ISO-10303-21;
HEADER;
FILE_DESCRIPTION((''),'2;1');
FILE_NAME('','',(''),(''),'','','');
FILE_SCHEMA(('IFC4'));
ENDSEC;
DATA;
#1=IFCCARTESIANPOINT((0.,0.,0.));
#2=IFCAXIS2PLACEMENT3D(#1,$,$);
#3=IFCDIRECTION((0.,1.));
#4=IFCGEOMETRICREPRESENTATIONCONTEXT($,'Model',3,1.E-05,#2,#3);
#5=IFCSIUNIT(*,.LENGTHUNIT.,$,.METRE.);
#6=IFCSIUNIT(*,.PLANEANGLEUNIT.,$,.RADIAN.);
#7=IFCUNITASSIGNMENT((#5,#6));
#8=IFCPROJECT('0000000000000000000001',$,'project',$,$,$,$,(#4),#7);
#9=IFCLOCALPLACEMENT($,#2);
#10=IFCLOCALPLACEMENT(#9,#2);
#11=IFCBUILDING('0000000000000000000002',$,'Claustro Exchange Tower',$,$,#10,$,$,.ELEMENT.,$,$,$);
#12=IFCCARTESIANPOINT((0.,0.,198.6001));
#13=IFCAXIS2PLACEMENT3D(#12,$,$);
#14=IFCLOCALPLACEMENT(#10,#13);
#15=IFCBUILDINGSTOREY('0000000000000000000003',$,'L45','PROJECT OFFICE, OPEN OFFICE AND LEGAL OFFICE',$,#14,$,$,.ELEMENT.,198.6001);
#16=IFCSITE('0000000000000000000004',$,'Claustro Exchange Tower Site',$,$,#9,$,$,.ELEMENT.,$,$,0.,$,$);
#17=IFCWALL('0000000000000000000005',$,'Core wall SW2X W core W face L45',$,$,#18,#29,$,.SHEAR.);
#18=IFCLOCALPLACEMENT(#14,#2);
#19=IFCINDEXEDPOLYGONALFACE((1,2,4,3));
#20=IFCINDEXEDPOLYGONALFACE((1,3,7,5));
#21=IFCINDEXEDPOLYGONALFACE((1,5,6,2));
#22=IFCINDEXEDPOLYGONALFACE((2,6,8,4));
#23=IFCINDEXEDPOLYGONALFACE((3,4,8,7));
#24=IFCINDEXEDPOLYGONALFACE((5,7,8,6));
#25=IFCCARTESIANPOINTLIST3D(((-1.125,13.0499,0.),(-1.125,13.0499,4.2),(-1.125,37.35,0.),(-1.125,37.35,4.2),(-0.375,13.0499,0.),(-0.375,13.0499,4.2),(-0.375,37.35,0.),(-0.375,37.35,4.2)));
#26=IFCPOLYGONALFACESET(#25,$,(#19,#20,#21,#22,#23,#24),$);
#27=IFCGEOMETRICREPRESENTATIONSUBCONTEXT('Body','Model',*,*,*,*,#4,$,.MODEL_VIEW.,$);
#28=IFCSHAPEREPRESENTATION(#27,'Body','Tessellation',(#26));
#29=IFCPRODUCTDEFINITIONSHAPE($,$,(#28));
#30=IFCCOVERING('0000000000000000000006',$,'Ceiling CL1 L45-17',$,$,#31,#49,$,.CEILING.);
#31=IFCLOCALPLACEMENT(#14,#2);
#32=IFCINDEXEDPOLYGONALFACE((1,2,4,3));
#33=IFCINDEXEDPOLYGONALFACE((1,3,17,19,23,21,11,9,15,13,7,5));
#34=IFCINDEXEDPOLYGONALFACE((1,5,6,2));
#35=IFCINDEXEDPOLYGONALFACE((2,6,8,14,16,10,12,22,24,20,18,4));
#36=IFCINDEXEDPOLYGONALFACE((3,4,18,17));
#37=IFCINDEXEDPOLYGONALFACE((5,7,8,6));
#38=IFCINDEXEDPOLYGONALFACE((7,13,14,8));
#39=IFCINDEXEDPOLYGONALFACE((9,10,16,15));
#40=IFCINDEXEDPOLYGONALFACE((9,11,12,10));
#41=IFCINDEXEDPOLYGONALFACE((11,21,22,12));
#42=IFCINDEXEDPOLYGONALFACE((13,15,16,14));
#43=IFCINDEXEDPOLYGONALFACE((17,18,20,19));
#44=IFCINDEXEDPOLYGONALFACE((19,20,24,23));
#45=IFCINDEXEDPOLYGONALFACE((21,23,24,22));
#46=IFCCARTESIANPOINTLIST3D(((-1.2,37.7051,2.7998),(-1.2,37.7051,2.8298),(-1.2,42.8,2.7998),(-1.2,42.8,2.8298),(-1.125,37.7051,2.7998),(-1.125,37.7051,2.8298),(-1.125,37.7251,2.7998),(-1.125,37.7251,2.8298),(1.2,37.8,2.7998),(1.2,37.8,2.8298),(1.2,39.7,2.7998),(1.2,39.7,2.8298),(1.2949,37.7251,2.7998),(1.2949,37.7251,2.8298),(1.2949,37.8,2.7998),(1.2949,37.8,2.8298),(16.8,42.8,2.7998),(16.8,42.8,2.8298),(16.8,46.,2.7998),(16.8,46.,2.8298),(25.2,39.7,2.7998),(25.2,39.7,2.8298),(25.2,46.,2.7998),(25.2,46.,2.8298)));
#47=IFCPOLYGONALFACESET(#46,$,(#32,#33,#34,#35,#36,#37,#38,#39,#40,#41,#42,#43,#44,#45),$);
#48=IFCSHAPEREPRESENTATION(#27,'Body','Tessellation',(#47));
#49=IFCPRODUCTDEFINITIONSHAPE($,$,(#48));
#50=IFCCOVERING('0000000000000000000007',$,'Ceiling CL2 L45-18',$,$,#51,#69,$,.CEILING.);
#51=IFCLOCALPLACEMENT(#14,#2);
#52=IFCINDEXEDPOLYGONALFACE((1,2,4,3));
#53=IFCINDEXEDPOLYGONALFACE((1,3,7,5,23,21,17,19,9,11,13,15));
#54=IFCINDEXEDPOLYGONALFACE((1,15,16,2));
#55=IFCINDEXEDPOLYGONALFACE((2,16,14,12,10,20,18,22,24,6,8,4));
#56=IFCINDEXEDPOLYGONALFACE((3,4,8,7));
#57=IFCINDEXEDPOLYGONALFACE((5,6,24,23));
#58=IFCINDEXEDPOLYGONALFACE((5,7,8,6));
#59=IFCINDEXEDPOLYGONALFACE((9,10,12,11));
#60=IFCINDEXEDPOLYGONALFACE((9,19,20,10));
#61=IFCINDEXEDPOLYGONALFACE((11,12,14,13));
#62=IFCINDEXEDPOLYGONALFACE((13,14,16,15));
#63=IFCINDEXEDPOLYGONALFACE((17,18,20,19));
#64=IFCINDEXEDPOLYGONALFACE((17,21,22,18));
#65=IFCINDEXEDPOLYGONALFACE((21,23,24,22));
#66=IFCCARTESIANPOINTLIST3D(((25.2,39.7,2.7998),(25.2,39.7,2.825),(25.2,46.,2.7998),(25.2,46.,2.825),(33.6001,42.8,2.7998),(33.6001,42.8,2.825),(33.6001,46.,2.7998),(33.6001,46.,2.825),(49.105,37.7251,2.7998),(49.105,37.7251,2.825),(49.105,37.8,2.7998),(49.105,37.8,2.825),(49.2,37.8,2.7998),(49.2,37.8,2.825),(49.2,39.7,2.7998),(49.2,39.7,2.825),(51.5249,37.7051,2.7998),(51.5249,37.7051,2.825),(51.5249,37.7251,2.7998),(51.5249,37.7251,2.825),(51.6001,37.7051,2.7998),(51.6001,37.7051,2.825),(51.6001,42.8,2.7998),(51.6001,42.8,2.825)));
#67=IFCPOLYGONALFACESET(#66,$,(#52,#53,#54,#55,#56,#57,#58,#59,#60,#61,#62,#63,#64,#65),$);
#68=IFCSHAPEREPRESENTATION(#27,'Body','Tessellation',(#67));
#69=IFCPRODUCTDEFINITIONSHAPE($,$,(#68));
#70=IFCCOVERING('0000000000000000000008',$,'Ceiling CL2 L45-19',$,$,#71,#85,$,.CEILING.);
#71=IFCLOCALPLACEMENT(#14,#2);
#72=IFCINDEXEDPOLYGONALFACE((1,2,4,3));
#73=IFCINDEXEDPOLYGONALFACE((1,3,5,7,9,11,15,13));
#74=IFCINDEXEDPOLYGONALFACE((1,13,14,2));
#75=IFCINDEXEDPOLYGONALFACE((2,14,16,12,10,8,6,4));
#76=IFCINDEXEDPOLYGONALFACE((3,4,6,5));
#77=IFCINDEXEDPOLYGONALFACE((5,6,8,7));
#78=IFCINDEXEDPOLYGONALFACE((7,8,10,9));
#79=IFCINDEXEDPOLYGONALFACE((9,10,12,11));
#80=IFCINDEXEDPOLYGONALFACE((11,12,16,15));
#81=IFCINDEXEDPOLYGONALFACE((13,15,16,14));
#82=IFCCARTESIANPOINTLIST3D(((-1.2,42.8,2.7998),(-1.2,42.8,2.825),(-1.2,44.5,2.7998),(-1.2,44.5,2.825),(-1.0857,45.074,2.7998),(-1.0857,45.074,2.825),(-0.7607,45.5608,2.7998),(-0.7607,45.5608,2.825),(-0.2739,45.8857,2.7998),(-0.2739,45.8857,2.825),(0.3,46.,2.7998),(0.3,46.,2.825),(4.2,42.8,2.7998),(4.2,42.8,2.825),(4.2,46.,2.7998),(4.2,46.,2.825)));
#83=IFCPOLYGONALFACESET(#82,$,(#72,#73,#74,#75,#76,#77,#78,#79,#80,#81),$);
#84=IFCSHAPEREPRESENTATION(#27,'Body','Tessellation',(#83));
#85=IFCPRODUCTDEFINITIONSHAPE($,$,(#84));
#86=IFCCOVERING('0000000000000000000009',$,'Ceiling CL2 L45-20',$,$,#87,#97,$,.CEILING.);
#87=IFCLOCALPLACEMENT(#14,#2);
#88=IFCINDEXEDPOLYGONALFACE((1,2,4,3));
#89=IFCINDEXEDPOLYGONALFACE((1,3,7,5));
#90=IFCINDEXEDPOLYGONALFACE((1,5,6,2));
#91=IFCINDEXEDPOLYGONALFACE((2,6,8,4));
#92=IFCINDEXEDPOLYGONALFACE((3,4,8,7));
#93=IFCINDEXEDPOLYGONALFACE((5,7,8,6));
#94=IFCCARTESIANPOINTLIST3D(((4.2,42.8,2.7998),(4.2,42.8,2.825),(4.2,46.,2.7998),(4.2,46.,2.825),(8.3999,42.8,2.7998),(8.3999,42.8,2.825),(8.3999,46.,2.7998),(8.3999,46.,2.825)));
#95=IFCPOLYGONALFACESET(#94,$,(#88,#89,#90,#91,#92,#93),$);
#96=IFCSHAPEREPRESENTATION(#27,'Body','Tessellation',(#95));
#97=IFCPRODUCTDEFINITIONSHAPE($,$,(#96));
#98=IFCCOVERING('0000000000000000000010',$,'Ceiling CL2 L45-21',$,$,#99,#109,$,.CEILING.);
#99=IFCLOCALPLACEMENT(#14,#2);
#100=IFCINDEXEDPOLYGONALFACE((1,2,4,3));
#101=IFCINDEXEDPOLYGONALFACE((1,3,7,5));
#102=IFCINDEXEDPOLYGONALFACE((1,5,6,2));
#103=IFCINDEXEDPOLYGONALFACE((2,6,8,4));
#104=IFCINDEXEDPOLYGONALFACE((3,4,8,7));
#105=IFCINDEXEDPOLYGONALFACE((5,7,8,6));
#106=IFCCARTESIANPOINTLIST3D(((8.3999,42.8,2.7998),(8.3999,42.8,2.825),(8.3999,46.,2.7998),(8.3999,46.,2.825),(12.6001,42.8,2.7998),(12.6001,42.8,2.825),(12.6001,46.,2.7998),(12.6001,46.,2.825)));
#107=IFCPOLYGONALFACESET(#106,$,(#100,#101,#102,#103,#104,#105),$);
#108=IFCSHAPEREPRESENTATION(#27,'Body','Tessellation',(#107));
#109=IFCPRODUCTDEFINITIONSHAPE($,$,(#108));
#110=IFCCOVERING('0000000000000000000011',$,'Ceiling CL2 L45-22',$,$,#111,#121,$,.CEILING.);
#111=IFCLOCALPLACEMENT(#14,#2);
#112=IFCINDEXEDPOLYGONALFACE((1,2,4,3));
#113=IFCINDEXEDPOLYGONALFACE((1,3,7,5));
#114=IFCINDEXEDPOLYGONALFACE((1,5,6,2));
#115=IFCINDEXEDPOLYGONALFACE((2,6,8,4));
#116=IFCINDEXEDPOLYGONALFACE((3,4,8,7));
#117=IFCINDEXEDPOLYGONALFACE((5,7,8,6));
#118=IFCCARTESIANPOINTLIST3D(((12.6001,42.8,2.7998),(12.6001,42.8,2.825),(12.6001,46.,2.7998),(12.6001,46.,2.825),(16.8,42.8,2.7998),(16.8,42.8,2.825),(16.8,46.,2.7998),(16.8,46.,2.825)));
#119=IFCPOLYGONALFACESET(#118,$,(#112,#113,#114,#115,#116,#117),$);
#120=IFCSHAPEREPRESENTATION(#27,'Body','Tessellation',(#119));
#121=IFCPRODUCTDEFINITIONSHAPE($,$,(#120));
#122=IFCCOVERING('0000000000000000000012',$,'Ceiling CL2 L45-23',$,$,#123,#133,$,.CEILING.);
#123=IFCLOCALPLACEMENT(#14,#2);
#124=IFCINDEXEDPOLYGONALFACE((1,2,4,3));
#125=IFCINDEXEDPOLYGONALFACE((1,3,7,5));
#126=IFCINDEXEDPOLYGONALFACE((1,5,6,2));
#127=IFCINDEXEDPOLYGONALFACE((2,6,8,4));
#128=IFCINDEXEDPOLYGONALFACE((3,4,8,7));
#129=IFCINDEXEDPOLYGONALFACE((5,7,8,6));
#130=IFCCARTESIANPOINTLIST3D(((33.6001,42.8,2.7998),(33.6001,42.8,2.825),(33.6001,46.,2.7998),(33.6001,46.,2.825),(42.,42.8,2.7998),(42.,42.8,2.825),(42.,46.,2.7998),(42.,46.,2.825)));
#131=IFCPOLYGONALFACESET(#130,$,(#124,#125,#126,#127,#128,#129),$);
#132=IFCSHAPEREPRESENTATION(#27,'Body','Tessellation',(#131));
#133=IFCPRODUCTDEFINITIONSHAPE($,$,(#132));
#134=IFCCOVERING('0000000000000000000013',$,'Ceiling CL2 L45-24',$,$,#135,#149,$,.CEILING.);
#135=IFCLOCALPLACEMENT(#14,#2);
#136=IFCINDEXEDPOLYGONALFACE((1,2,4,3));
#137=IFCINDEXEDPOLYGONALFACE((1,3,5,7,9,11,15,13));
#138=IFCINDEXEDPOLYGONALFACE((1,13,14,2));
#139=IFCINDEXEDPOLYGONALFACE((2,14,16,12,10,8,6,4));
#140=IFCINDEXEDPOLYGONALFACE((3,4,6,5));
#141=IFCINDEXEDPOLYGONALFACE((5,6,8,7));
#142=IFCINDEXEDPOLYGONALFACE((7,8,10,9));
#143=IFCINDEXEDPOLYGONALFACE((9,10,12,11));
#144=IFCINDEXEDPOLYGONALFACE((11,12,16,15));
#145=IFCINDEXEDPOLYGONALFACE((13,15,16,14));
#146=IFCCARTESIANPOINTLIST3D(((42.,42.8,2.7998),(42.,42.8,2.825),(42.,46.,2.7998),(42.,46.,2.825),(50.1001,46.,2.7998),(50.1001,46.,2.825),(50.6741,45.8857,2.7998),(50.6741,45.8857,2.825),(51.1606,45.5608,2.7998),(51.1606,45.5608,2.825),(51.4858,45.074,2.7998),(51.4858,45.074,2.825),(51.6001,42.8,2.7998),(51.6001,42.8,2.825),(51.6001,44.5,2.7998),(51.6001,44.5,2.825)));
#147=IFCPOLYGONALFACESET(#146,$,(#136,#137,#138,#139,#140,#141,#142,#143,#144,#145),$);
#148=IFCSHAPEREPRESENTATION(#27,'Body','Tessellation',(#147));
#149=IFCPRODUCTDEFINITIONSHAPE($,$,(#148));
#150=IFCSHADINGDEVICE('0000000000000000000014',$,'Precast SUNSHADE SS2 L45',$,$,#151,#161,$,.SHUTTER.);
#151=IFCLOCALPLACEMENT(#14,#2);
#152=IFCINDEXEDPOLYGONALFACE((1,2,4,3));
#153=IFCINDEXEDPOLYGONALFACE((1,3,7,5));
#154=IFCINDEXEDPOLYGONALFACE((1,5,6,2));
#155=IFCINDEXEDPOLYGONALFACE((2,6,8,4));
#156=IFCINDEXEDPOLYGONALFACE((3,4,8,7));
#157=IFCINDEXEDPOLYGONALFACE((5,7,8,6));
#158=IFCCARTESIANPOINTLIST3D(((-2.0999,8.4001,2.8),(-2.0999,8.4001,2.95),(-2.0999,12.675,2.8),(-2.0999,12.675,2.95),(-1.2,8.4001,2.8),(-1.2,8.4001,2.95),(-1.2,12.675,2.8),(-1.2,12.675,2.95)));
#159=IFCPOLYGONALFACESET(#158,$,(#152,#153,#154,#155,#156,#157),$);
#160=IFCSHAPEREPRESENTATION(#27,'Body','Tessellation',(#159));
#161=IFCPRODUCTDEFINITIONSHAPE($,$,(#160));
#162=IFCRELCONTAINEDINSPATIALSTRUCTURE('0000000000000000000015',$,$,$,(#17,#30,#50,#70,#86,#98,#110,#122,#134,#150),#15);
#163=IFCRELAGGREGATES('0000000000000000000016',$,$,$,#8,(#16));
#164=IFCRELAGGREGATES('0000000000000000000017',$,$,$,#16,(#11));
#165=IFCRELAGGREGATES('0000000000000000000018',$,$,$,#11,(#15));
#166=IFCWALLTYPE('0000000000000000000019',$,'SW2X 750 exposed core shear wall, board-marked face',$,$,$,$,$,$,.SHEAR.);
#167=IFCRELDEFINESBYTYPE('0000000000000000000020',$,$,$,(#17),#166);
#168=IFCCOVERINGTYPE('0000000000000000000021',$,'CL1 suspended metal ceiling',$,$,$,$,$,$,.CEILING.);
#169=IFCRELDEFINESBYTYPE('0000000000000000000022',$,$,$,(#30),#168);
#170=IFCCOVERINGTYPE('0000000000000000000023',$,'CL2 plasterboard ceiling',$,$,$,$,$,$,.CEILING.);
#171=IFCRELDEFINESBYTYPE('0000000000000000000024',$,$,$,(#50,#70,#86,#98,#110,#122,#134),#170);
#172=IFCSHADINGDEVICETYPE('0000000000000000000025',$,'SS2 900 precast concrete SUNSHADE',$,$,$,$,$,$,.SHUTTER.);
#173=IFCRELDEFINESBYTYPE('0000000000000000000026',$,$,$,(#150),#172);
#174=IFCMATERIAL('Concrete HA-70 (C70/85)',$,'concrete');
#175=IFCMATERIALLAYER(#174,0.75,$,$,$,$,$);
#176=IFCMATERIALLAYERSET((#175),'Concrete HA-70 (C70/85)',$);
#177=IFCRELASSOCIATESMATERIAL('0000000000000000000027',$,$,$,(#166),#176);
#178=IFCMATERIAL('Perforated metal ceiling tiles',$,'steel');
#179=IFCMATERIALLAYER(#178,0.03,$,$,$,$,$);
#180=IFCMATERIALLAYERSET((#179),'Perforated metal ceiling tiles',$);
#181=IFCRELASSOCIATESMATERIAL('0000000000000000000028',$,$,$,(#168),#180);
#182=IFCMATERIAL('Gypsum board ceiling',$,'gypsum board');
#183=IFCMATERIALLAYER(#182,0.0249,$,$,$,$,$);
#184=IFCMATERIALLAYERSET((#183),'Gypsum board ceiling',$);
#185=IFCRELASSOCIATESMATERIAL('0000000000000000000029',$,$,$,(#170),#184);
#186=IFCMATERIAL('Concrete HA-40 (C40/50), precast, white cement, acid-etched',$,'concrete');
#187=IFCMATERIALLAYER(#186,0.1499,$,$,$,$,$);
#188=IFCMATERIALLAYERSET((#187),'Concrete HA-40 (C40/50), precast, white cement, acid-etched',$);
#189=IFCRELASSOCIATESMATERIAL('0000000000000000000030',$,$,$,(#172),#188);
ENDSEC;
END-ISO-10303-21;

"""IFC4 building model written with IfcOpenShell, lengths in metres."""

from ifc_helpers import new_model, si_unit, direction, frame, frame_2d, origin, origin_2d, place, context, subcontext, project, spatial, polyline, rectangle, outline, extrude, material, layer, layer_set, type_object, element, save


model = new_model("IFC4")

# Units and contexts
model_context = context("Model", 3, precision=1e-05, world=origin(), true_north=direction((0.0, 1.0)))
body_context = subcontext(model_context, "Body", "Model", "MODEL_VIEW")
ifc_project = project(units=[si_unit("LENGTHUNIT", "METRE"), si_unit("PLANEANGLEUNIT", "RADIAN")], contexts=[model_context])

# Site, building, storey
site_placement = place(None, origin())
site = spatial("IfcSite", under=ifc_project, at=site_placement, Name="Claustro Exchange Tower Site", CompositionType="ELEMENT", RefElevation=0.0)
building_placement = place(site_placement, origin())
building = spatial("IfcBuilding", under=site, at=building_placement, Name="Claustro Exchange Tower", CompositionType="ELEMENT")
storey_placement = place(building_placement, frame((0.0, 0.0, 198.6001)))
storey = spatial("IfcBuildingStorey", under=building, at=storey_placement, Name="L45", Description="PROJECT OFFICE, OPEN OFFICE AND LEGAL OFFICE", CompositionType="ELEMENT", Elevation=198.6001)

# Wall
ifc_material_1 = material(Name="Concrete HA-70 (C70/85)", Category="concrete")
ifc_layer_1 = layer(ifc_material_1, 0.75)
ifc_layer_set_1 = layer_set([ifc_layer_1], Name="Concrete HA-70 (C70/85)")
wall_type_1 = type_object("IfcWallType", Name="SW2X 750 exposed core shear wall, board-marked face", PredefinedType="SHEAR", material=ifc_layer_set_1)
wall_1_placement = place(storey_placement, frame((-0.75, 13.05, 0.0), z_axis=(0.0, 0.0, 1.0), x_axis=(0.0, 1.0, 0.0)))
element("IfcWall", 1, at=wall_1_placement, inside=storey, type_object=wall_type_1, Name="Core wall SW2X W core W face L45", PredefinedType="SHEAR", context=body_context, shape_type="SweptSolid", body=[
    extrude(rectangle(XDim=24.3, YDim=0.75, at=frame_2d((12.1499, 0.0))), origin(), (0.0, 0.0, 1.0), 4.2),
])

# Coverings
ifc_material_2 = material(Name="Perforated metal ceiling tiles", Category="steel")
ifc_layer_2 = layer(ifc_material_2, 0.03)
ifc_layer_set_2 = layer_set([ifc_layer_2], Name="Perforated metal ceiling tiles")
covering_type_1 = type_object("IfcCoveringType", Name="CL1 suspended metal ceiling", PredefinedType="CEILING", material=ifc_layer_set_2)
covering_1_placement = place(storey_placement, frame((0.0, 0.0, 2.7998)))
element("IfcCovering", 2, at=covering_1_placement, inside=storey, type_object=covering_type_1, Name="Ceiling CL1 L45-17", PredefinedType="CEILING", context=body_context, shape_type="SweptSolid", body=[
    extrude(outline(polyline([(-1.125, 37.7251), (1.2949, 37.7251), (1.2949, 37.8), (1.2, 37.8), (1.2, 39.7), (25.2, 39.7), (25.2, 46.0), (16.8, 46.0), (16.8, 42.8), (-1.2, 42.8), (-1.2, 37.7051), (-1.125, 37.7051), (-1.125, 37.7251)])), origin(), (0.0, 0.0, 1.0), 0.03),
])
ifc_material_3 = material(Name="Gypsum board ceiling", Category="gypsum board")
ifc_layer_3 = layer(ifc_material_3, 0.0249)
ifc_layer_set_3 = layer_set([ifc_layer_3], Name="Gypsum board ceiling")
covering_type_2 = type_object("IfcCoveringType", Name="CL2 plasterboard ceiling", PredefinedType="CEILING", material=ifc_layer_set_3)
covering_2_placement = place(storey_placement, frame((0.0, 0.0, 2.7998)))
element("IfcCovering", 3, at=covering_2_placement, inside=storey, type_object=covering_type_2, Name="Ceiling CL2 L45-18", PredefinedType="CEILING", context=body_context, shape_type="SweptSolid", body=[
    extrude(outline(polyline([(51.5249, 37.7251), (51.5249, 37.7051), (51.6001, 37.7051), (51.6001, 42.8), (33.6001, 42.8), (33.6001, 46.0), (25.2, 46.0), (25.2, 39.7), (49.2, 39.7), (49.2, 37.8), (49.105, 37.8), (49.105, 37.7251), (51.5249, 37.7251)])), origin(), (0.0, 0.0, 1.0), 0.0251),
])
covering_3_placement = place(storey_placement, frame((0.0, 0.0, 2.7998)))
element("IfcCovering", 4, at=covering_3_placement, inside=storey, type_object=covering_type_2, Name="Ceiling CL2 L45-19", PredefinedType="CEILING", context=body_context, shape_type="SweptSolid", body=[
    extrude(outline(polyline([(-1.2, 44.5), (-1.2, 42.8), (4.2, 42.8), (4.2, 46.0), (0.3, 46.0), (-0.2739, 45.8857), (-0.7607, 45.5608), (-1.0857, 45.074), (-1.2, 44.5)])), origin(), (0.0, 0.0, 1.0), 0.0251),
])
covering_4_placement = place(storey_placement, frame((0.0, 0.0, 2.7998)))
element("IfcCovering", 5, at=covering_4_placement, inside=storey, type_object=covering_type_2, Name="Ceiling CL2 L45-20", PredefinedType="CEILING", context=body_context, shape_type="SweptSolid", body=[
    extrude(outline(polyline([(8.3999, 46.0), (4.2, 46.0), (4.2, 42.8), (8.3999, 42.8), (8.3999, 46.0)])), origin(), (0.0, 0.0, 1.0), 0.0251),
])
covering_5_placement = place(storey_placement, frame((0.0, 0.0, 2.7998)))
element("IfcCovering", 6, at=covering_5_placement, inside=storey, type_object=covering_type_2, Name="Ceiling CL2 L45-21", PredefinedType="CEILING", context=body_context, shape_type="SweptSolid", body=[
    extrude(outline(polyline([(12.6001, 46.0), (8.3999, 46.0), (8.3999, 42.8), (12.6001, 42.8), (12.6001, 46.0)])), origin(), (0.0, 0.0, 1.0), 0.0251),
])
covering_6_placement = place(storey_placement, frame((0.0, 0.0, 2.7998)))
element("IfcCovering", 7, at=covering_6_placement, inside=storey, type_object=covering_type_2, Name="Ceiling CL2 L45-22", PredefinedType="CEILING", context=body_context, shape_type="SweptSolid", body=[
    extrude(outline(polyline([(16.8, 46.0), (12.6001, 46.0), (12.6001, 42.8), (16.8, 42.8), (16.8, 46.0)])), origin(), (0.0, 0.0, 1.0), 0.0251),
])
covering_7_placement = place(storey_placement, frame((0.0, 0.0, 2.7998)))
element("IfcCovering", 8, at=covering_7_placement, inside=storey, type_object=covering_type_2, Name="Ceiling CL2 L45-23", PredefinedType="CEILING", context=body_context, shape_type="SweptSolid", body=[
    extrude(outline(polyline([(42.0, 46.0), (33.6001, 46.0), (33.6001, 42.8), (42.0, 42.8), (42.0, 46.0)])), origin(), (0.0, 0.0, 1.0), 0.0251),
])
covering_8_placement = place(storey_placement, frame((0.0, 0.0, 2.7998)))
element("IfcCovering", 9, at=covering_8_placement, inside=storey, type_object=covering_type_2, Name="Ceiling CL2 L45-24", PredefinedType="CEILING", context=body_context, shape_type="SweptSolid", body=[
    extrude(outline(polyline([(50.1001, 46.0), (42.0, 46.0), (42.0, 42.8), (51.6001, 42.8), (51.6001, 44.5), (51.4858, 45.074), (51.1606, 45.5608), (50.6741, 45.8857), (50.1001, 46.0)])), origin(), (0.0, 0.0, 1.0), 0.0251),
])

# Shading device
ifc_material_4 = material(Name="Concrete HA-40 (C40/50), precast, white cement, acid-etched", Category="concrete")
ifc_layer_4 = layer(ifc_material_4, 0.1499)
ifc_layer_set_4 = layer_set([ifc_layer_4], Name="Concrete HA-40 (C40/50), precast, white cement, acid-etched")
shading_device_type = type_object("IfcShadingDeviceType", Name="SS2 900 precast concrete SUNSHADE", PredefinedType="SHUTTER", material=ifc_layer_set_4)
shading_device_placement = place(storey_placement, frame((-1.6499, 10.5376, 2.8), z_axis=(0.0, 0.0, 1.0), x_axis=(0.0, 1.0, 0.0)))
element("IfcShadingDevice", 10, at=shading_device_placement, inside=storey, type_object=shading_device_type, Name="Precast SUNSHADE SS2 L45", PredefinedType="SHUTTER", context=body_context, shape_type="SweptSolid", body=[
    extrude(rectangle(XDim=4.2749, YDim=0.8999, at=origin_2d()), origin(), (0.0, 0.0, 1.0), 0.1499),
])

save(model, "model.ifc")
